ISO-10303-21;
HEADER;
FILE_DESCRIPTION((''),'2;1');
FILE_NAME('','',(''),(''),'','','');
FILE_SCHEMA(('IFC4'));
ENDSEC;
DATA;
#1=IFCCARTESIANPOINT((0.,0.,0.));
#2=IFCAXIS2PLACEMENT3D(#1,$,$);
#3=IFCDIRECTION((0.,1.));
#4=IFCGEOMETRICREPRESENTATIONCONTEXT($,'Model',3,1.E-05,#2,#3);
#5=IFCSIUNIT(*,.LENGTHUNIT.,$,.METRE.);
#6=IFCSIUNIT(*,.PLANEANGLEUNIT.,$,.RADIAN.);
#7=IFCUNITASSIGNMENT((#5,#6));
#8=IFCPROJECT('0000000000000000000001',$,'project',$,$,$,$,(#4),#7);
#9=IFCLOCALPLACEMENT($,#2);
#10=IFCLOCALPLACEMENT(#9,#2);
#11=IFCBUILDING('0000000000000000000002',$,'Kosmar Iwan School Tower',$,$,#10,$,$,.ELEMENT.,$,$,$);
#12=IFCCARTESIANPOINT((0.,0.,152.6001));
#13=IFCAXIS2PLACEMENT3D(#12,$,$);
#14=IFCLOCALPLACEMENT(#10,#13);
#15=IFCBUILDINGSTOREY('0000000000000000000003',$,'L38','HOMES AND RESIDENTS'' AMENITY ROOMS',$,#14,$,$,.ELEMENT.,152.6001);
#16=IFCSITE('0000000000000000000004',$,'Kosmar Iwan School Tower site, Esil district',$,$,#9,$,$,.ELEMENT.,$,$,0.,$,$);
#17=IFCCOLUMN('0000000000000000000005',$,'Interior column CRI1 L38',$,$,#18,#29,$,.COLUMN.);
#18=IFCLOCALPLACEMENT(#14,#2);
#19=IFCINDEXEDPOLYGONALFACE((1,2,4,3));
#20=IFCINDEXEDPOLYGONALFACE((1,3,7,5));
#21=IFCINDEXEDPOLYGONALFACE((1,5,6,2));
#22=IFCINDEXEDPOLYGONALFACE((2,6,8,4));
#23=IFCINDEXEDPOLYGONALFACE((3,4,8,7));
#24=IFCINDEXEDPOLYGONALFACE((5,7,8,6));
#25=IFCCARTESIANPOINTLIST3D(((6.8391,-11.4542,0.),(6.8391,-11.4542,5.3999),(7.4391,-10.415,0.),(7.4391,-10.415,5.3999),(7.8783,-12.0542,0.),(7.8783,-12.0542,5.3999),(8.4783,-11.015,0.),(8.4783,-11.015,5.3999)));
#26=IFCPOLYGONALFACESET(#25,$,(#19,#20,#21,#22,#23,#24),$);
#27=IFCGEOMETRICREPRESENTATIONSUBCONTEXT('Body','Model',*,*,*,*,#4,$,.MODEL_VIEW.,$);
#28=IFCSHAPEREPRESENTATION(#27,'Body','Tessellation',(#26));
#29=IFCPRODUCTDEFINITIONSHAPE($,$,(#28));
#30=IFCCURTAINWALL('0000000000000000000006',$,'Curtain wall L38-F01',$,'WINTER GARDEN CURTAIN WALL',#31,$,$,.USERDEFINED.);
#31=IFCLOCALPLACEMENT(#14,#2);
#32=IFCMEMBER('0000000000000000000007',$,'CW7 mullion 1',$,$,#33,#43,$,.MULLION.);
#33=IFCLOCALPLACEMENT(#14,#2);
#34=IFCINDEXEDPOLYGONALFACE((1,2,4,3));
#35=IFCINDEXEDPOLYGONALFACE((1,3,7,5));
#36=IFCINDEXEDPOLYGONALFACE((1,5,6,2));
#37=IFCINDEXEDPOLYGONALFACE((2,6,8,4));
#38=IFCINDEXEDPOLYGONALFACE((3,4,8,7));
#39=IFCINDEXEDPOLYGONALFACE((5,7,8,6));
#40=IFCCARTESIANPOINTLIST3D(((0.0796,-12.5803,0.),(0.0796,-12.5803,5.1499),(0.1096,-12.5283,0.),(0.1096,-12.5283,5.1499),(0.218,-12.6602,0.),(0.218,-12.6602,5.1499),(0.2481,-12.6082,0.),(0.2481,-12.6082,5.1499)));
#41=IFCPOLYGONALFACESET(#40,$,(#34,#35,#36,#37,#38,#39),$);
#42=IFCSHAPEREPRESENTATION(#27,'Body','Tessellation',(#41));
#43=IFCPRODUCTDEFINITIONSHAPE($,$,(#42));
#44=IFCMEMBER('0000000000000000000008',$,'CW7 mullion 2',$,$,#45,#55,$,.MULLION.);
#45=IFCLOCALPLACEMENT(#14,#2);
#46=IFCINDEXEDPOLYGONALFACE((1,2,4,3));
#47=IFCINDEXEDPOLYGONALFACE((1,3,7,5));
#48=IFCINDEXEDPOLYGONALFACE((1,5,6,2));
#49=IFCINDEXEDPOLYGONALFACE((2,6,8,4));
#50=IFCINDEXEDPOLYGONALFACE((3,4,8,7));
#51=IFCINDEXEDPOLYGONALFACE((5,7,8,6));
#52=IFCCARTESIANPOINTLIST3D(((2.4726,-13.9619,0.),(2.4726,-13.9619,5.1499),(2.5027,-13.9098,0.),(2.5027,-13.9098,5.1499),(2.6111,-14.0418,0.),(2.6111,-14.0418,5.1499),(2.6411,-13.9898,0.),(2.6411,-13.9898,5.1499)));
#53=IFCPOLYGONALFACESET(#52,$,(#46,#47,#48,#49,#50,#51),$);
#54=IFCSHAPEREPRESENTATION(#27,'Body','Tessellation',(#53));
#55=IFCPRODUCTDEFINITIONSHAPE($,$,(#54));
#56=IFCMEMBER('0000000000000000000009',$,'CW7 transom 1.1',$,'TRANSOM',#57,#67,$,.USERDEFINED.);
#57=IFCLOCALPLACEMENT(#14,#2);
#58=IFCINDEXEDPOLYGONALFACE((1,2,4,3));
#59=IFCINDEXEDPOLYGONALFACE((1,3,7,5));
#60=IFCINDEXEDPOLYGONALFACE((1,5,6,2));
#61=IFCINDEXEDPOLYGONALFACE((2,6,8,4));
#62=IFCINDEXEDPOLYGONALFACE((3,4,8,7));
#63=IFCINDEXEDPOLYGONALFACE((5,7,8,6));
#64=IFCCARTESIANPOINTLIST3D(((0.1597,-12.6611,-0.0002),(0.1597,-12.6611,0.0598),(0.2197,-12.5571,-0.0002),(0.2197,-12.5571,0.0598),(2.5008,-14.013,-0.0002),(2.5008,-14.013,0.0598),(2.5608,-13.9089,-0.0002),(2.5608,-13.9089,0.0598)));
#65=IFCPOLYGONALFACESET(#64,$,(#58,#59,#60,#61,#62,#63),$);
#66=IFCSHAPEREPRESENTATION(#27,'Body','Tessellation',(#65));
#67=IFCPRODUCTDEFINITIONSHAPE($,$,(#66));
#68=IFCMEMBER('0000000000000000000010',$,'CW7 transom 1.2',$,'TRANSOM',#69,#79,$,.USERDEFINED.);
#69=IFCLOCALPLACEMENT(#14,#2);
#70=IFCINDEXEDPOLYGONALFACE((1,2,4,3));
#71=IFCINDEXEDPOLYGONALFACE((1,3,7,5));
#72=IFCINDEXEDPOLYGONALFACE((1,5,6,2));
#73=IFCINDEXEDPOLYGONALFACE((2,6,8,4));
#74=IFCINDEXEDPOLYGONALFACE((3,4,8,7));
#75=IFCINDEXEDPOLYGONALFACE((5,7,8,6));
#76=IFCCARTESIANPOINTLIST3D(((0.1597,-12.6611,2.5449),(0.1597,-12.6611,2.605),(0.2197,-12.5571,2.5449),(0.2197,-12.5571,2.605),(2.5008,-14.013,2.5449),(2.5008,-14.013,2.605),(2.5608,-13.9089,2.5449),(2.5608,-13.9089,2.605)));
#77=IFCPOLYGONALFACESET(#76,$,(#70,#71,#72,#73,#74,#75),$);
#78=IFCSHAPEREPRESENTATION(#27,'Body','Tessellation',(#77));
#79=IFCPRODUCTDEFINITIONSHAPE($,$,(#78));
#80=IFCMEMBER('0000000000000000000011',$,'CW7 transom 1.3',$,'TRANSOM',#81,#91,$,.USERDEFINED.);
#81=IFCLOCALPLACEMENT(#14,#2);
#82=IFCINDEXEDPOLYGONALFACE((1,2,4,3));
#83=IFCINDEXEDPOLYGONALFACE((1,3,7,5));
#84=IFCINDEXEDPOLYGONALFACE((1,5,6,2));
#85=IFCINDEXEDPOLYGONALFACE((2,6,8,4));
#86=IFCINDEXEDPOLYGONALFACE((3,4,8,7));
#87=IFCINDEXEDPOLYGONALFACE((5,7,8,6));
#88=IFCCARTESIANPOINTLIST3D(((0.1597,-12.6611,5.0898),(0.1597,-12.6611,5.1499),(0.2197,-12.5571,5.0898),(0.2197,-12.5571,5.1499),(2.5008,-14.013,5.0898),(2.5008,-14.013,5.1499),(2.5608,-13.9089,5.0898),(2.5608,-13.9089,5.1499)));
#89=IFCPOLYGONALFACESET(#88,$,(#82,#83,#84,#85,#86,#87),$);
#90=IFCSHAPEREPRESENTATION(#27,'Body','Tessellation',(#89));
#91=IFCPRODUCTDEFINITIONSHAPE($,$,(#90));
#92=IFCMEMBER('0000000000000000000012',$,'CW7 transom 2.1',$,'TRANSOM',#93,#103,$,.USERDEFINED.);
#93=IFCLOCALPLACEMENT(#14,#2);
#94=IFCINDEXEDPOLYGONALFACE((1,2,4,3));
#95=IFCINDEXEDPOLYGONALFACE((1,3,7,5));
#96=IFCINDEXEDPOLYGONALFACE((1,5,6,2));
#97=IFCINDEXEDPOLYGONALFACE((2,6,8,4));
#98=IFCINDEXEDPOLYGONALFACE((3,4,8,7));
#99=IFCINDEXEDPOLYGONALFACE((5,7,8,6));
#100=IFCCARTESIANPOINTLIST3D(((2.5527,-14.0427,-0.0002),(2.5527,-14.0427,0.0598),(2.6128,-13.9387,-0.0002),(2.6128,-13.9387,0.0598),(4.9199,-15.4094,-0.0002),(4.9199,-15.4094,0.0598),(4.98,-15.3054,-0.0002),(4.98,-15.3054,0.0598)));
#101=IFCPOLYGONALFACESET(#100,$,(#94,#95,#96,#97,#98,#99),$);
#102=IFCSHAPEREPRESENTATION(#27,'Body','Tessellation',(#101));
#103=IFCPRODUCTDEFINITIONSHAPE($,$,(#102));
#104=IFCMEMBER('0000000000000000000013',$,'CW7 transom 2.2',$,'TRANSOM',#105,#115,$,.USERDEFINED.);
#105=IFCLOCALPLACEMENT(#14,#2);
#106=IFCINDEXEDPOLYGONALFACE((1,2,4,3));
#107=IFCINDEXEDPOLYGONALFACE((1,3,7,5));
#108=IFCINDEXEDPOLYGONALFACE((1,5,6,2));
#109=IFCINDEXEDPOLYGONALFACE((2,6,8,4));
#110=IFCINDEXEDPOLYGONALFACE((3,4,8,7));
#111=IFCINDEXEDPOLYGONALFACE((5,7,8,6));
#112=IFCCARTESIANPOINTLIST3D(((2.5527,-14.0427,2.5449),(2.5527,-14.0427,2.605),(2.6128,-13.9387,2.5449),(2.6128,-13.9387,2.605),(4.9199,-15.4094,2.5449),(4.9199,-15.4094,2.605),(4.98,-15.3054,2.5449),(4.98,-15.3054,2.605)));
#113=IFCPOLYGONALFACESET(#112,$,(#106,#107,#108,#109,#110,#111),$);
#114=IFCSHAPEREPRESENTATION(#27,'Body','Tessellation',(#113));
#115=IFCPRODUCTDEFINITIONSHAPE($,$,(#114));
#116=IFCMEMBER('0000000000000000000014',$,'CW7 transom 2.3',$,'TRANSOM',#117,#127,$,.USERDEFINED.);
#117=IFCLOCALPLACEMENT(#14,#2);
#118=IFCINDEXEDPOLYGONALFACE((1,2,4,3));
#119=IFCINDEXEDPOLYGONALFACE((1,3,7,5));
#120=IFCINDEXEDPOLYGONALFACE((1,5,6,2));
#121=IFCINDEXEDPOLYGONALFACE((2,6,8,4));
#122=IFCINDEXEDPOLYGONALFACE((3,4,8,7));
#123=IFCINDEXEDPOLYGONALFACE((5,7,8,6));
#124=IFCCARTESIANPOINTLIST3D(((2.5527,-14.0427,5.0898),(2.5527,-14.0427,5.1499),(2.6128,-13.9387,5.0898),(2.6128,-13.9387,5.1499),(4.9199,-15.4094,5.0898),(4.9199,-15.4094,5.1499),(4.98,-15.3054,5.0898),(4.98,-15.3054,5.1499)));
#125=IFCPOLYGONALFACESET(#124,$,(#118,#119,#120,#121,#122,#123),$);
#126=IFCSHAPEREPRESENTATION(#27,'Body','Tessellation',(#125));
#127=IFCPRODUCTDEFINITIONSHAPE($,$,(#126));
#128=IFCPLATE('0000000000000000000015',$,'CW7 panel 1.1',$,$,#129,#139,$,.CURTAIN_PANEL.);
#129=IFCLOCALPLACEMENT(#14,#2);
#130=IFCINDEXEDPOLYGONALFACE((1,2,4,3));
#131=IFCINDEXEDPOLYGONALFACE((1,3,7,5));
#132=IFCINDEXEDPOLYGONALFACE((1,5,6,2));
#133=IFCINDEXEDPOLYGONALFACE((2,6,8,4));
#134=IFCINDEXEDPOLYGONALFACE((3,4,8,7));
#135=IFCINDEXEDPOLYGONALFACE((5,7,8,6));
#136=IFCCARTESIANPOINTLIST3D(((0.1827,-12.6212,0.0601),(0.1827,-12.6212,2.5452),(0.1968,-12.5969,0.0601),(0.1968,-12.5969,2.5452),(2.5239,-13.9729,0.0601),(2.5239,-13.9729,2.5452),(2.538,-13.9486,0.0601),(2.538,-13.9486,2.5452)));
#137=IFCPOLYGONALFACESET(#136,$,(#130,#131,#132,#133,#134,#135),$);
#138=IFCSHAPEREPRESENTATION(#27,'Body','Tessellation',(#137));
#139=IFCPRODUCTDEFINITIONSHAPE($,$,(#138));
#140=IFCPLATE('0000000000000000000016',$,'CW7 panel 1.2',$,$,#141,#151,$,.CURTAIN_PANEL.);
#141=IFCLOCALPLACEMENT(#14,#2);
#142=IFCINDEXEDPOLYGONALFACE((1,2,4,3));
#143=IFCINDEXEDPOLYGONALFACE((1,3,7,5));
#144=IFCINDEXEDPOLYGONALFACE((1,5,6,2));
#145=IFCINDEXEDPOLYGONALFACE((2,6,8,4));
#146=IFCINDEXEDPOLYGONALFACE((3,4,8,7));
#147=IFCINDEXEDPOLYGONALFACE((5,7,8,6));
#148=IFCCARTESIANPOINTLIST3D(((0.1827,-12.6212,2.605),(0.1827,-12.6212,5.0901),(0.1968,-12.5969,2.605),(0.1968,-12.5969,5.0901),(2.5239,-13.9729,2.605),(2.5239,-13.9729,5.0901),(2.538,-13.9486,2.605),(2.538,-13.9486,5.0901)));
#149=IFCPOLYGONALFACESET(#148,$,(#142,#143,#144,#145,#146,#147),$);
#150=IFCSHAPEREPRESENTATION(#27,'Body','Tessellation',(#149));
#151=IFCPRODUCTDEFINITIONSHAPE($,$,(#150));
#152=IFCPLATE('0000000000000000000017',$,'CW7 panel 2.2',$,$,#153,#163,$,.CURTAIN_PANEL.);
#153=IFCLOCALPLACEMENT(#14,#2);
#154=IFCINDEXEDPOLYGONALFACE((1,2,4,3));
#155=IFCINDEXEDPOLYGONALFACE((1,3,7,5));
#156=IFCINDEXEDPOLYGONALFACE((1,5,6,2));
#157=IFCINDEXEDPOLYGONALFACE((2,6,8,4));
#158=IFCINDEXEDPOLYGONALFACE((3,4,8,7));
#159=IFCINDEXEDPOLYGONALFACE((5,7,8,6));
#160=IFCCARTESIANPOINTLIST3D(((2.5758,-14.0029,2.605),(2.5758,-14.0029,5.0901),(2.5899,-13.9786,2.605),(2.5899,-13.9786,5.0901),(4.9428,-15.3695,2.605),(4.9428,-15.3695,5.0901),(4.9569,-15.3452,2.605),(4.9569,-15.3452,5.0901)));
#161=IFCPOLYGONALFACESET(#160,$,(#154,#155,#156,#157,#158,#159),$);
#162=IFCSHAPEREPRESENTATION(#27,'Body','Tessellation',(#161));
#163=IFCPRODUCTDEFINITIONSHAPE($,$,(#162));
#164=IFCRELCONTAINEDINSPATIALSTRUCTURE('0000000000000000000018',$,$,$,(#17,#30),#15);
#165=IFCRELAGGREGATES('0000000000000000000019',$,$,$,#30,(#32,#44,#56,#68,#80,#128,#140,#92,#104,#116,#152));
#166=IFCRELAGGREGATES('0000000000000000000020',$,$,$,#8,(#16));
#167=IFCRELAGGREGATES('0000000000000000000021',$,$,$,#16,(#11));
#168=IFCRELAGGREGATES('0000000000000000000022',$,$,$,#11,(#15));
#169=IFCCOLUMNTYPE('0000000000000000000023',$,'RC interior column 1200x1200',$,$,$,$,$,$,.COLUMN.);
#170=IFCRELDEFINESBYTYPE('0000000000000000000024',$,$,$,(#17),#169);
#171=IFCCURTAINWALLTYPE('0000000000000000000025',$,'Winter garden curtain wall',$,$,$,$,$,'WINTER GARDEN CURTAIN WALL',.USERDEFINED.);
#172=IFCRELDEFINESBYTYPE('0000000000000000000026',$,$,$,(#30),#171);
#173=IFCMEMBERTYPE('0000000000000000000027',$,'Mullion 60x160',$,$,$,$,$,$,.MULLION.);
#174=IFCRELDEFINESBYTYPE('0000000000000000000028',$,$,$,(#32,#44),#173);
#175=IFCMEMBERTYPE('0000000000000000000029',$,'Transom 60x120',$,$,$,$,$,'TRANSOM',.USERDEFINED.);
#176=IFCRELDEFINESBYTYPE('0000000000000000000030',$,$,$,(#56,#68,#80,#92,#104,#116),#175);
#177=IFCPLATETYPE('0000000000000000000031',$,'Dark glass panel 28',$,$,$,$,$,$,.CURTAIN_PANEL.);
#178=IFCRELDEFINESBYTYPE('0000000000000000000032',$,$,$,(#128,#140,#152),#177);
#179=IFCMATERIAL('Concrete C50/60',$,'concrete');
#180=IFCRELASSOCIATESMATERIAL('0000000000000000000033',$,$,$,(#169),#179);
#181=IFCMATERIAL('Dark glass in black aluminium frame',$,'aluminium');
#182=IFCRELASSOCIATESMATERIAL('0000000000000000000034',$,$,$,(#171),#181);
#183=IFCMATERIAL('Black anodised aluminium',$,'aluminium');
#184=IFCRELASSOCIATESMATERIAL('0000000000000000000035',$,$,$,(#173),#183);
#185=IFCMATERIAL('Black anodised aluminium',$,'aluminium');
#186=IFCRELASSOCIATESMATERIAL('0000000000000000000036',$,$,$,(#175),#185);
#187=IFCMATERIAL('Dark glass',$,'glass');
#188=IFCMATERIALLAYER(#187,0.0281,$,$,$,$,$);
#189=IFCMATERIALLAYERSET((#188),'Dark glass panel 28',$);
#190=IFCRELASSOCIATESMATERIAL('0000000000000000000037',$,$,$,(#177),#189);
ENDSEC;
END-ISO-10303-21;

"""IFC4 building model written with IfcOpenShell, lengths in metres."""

from ifc_helpers import new_model, si_unit, direction, frame, origin, origin_2d, place, context, subcontext, project, spatial, rectangle, extrude, material, layer, layer_set, material_profile, profile_set, type_object, element, aggregate, save


model = new_model("IFC4")

# Units and contexts
model_context = context("Model", 3, precision=1e-05, world=origin(), true_north=direction((0.0, 1.0)))
body_context = subcontext(model_context, "Body", "Model", "MODEL_VIEW")
ifc_project = project(units=[si_unit("LENGTHUNIT", "METRE"), si_unit("PLANEANGLEUNIT", "RADIAN")], contexts=[model_context])

# Site, building, storey
site_placement = place(None, origin())
site = spatial("IfcSite", under=ifc_project, at=site_placement, Name="Kosmar Iwan School Tower site, Esil district", CompositionType="ELEMENT", RefElevation=0.0)
building_placement = place(site_placement, origin())
building = spatial("IfcBuilding", under=site, at=building_placement, Name="Kosmar Iwan School Tower", CompositionType="ELEMENT")
storey_placement = place(building_placement, frame((0.0, 0.0, 152.6001)))
storey = spatial("IfcBuildingStorey", under=building, at=storey_placement, Name="L38", Description="HOMES AND RESIDENTS' AMENITY ROOMS", CompositionType="ELEMENT", Elevation=152.6001)

# Column
ifc_material_1 = material(Name="Concrete C50/60", Category="concrete")
ifc_material_profile_1 = material_profile(ifc_material_1, rectangle(XDim=1.2, YDim=1.2, at=origin_2d()), Name="RC 1200x1200")
ifc_profile_set_1 = profile_set([ifc_material_profile_1], Name="Concrete C50/60")
column_type = type_object("IfcColumnType", Name="RC interior column 1200x1200", PredefinedType="COLUMN", material=ifc_profile_set_1)
column_placement = place(storey_placement, frame((7.6587, -11.2346, 0.0), z_axis=(0.0, 0.0, 1.0), x_axis=(0.866025, -0.5, 0.0)))
element("IfcColumn", 1, at=column_placement, inside=storey, type_object=column_type, Name="Interior column CRI1 L38", PredefinedType="COLUMN", context=body_context, shape_type="SweptSolid", body=[
    extrude(rectangle(XDim=1.2, YDim=1.2, at=origin_2d()), origin(), (0.0, 0.0, 1.0), 5.3999),
])

# Curtain wall, members, plates
ifc_material_2 = material(Name="Dark glass in black aluminium frame", Category="aluminium")
curtain_wall_type = type_object("IfcCurtainWallType", Name="Winter garden curtain wall", ElementType="WINTER GARDEN CURTAIN WALL", PredefinedType="USERDEFINED", material=ifc_material_2)
curtain_wall_placement = place(storey_placement, origin())
curtain_wall = element("IfcCurtainWall", 2, at=curtain_wall_placement, inside=storey, type_object=curtain_wall_type, Name="Curtain wall L38-F01", ObjectType="WINTER GARDEN CURTAIN WALL", PredefinedType="USERDEFINED")
ifc_material_3 = material(Name="Black anodised aluminium", Category="aluminium")
ifc_material_profile_2 = material_profile(ifc_material_3, rectangle(XDim=0.0601, YDim=0.1599, at=origin_2d()), Name="MULLION 60x160")
ifc_profile_set_2 = profile_set([ifc_material_profile_2], Name="Black anodised aluminium")
member_type_1 = type_object("IfcMemberType", Name="Mullion 60x160", PredefinedType="MULLION", material=ifc_profile_set_2)
member_1_placement = place(storey_placement, frame((0.1638, -12.5942, 0.0), z_axis=(0.0, 0.0, 1.0), x_axis=(0.5, 0.866025, 0.0)))
member_1 = element("IfcMember", 3, at=member_1_placement, type_object=member_type_1, Name="CW7 mullion 1", PredefinedType="MULLION", context=body_context, shape_type="SweptSolid", body=[
    extrude(rectangle(XDim=0.0601, YDim=0.1599, at=origin_2d()), origin(), (0.0, 0.0, 1.0), 5.1499),
])
member_2_placement = place(storey_placement, frame((2.5569, -13.9758, 0.0), z_axis=(0.0, 0.0, 1.0), x_axis=(0.5, 0.866025, 0.0)))
member_2 = element("IfcMember", 4, at=member_2_placement, type_object=member_type_1, Name="CW7 mullion 2", PredefinedType="MULLION", context=body_context, shape_type="SweptSolid", body=[
    extrude(rectangle(XDim=0.0601, YDim=0.1599, at=origin_2d()), origin(), (0.0, 0.0, 1.0), 5.1499),
])
ifc_material_4 = material(Name="Black anodised aluminium", Category="aluminium")
ifc_material_profile_3 = material_profile(ifc_material_4, rectangle(XDim=0.1201, YDim=0.0601, at=origin_2d()), Name="TRANSOM 60x120")
ifc_profile_set_3 = profile_set([ifc_material_profile_3], Name="Black anodised aluminium")
member_type_2 = type_object("IfcMemberType", Name="Transom 60x120", ElementType="TRANSOM", PredefinedType="USERDEFINED", material=ifc_profile_set_3)
member_3_placement = place(storey_placement, frame((0.1897, -12.6091, 0.0298), z_axis=(0.865995, -0.500053, 0.0), x_axis=(0.500053, 0.865995, 0.0)))
member_3 = element("IfcMember", 5, at=member_3_placement, type_object=member_type_2, Name="CW7 transom 1.1", ObjectType="TRANSOM", PredefinedType="USERDEFINED", context=body_context, shape_type="SweptSolid", body=[
    extrude(rectangle(XDim=0.1201, YDim=0.0601, at=origin_2d()), origin(), (0.0, 0.0, 1.0), 2.7034),
])
member_4_placement = place(storey_placement, frame((0.1897, -12.6091, 2.575), z_axis=(0.865995, -0.500053, 0.0), x_axis=(0.500053, 0.865995, 0.0)))
member_4 = element("IfcMember", 6, at=member_4_placement, type_object=member_type_2, Name="CW7 transom 1.2", ObjectType="TRANSOM", PredefinedType="USERDEFINED", context=body_context, shape_type="SweptSolid", body=[
    extrude(rectangle(XDim=0.1201, YDim=0.0601, at=origin_2d()), origin(), (0.0, 0.0, 1.0), 2.7034),
])
member_5_placement = place(storey_placement, frame((0.1897, -12.6091, 5.1199), z_axis=(0.865995, -0.500053, 0.0), x_axis=(0.500053, 0.865995, 0.0)))
member_5 = element("IfcMember", 7, at=member_5_placement, type_object=member_type_2, Name="CW7 transom 1.3", ObjectType="TRANSOM", PredefinedType="USERDEFINED", context=body_context, shape_type="SweptSolid", body=[
    extrude(rectangle(XDim=0.1201, YDim=0.0601, at=origin_2d()), origin(), (0.0, 0.0, 1.0), 2.7034),
])
member_6_placement = place(storey_placement, frame((2.5828, -13.9907, 0.0298), z_axis=(0.866025, -0.500001, 0.0), x_axis=(0.500001, 0.866025, 0.0)))
member_6 = element("IfcMember", 8, at=member_6_placement, type_object=member_type_2, Name="CW7 transom 2.1", ObjectType="TRANSOM", PredefinedType="USERDEFINED", context=body_context, shape_type="SweptSolid", body=[
    extrude(rectangle(XDim=0.1201, YDim=0.0601, at=origin_2d()), origin(), (0.0, 0.0, 1.0), 2.7334),
])
member_7_placement = place(storey_placement, frame((2.5828, -13.9907, 2.575), z_axis=(0.866025, -0.500001, 0.0), x_axis=(0.500001, 0.866025, 0.0)))
member_7 = element("IfcMember", 9, at=member_7_placement, type_object=member_type_2, Name="CW7 transom 2.2", ObjectType="TRANSOM", PredefinedType="USERDEFINED", context=body_context, shape_type="SweptSolid", body=[
    extrude(rectangle(XDim=0.1201, YDim=0.0601, at=origin_2d()), origin(), (0.0, 0.0, 1.0), 2.7334),
])
member_8_placement = place(storey_placement, frame((2.5828, -13.9907, 5.1199), z_axis=(0.866025, -0.500001, 0.0), x_axis=(0.500001, 0.866025, 0.0)))
member_8 = element("IfcMember", 10, at=member_8_placement, type_object=member_type_2, Name="CW7 transom 2.3", ObjectType="TRANSOM", PredefinedType="USERDEFINED", context=body_context, shape_type="SweptSolid", body=[
    extrude(rectangle(XDim=0.1201, YDim=0.0601, at=origin_2d()), origin(), (0.0, 0.0, 1.0), 2.7334),
])
ifc_material_5 = material(Name="Dark glass", Category="glass")
ifc_layer_1 = layer(ifc_material_5, 0.0281)
ifc_layer_set_1 = layer_set([ifc_layer_1], Name="Dark glass panel 28")
plate_type = type_object("IfcPlateType", Name="Dark glass panel 28", PredefinedType="CURTAIN_PANEL", material=ifc_layer_set_1)
plate_1_placement = place(storey_placement, frame((1.3604, -13.2849, 0.0601), z_axis=(0.0, 0.0, 1.0), x_axis=(0.866025, -0.5, 0.0)))
plate_1 = element("IfcPlate", 11, at=plate_1_placement, type_object=plate_type, Name="CW7 panel 1.1", PredefinedType="CURTAIN_PANEL", context=body_context, shape_type="SweptSolid", body=[
    extrude(rectangle(XDim=2.7034, YDim=0.0281, at=origin_2d()), origin(), (0.0, 0.0, 1.0), 2.4851),
])
plate_2_placement = place(storey_placement, frame((1.3604, -13.2849, 2.605), z_axis=(0.0, 0.0, 1.0), x_axis=(0.866025, -0.5, 0.0)))
plate_2 = element("IfcPlate", 12, at=plate_2_placement, type_object=plate_type, Name="CW7 panel 1.2", PredefinedType="CURTAIN_PANEL", context=body_context, shape_type="SweptSolid", body=[
    extrude(rectangle(XDim=2.7034, YDim=0.0281, at=origin_2d()), origin(), (0.0, 0.0, 1.0), 2.4851),
])
plate_3_placement = place(storey_placement, frame((3.7664, -14.6741, 2.605), z_axis=(0.0, 0.0, 1.0), x_axis=(0.866025, -0.5, 0.0)))
plate_3 = element("IfcPlate", 13, at=plate_3_placement, type_object=plate_type, Name="CW7 panel 2.2", PredefinedType="CURTAIN_PANEL", context=body_context, shape_type="SweptSolid", body=[
    extrude(rectangle(XDim=2.7332, YDim=0.0281, at=origin_2d()), origin(), (0.0, 0.0, 1.0), 2.4851),
])
aggregate(curtain_wall, [member_1, member_2, member_3, member_4, member_5, plate_1, plate_2, member_6, member_7, member_8, plate_3])

save(model, "model.ifc")
